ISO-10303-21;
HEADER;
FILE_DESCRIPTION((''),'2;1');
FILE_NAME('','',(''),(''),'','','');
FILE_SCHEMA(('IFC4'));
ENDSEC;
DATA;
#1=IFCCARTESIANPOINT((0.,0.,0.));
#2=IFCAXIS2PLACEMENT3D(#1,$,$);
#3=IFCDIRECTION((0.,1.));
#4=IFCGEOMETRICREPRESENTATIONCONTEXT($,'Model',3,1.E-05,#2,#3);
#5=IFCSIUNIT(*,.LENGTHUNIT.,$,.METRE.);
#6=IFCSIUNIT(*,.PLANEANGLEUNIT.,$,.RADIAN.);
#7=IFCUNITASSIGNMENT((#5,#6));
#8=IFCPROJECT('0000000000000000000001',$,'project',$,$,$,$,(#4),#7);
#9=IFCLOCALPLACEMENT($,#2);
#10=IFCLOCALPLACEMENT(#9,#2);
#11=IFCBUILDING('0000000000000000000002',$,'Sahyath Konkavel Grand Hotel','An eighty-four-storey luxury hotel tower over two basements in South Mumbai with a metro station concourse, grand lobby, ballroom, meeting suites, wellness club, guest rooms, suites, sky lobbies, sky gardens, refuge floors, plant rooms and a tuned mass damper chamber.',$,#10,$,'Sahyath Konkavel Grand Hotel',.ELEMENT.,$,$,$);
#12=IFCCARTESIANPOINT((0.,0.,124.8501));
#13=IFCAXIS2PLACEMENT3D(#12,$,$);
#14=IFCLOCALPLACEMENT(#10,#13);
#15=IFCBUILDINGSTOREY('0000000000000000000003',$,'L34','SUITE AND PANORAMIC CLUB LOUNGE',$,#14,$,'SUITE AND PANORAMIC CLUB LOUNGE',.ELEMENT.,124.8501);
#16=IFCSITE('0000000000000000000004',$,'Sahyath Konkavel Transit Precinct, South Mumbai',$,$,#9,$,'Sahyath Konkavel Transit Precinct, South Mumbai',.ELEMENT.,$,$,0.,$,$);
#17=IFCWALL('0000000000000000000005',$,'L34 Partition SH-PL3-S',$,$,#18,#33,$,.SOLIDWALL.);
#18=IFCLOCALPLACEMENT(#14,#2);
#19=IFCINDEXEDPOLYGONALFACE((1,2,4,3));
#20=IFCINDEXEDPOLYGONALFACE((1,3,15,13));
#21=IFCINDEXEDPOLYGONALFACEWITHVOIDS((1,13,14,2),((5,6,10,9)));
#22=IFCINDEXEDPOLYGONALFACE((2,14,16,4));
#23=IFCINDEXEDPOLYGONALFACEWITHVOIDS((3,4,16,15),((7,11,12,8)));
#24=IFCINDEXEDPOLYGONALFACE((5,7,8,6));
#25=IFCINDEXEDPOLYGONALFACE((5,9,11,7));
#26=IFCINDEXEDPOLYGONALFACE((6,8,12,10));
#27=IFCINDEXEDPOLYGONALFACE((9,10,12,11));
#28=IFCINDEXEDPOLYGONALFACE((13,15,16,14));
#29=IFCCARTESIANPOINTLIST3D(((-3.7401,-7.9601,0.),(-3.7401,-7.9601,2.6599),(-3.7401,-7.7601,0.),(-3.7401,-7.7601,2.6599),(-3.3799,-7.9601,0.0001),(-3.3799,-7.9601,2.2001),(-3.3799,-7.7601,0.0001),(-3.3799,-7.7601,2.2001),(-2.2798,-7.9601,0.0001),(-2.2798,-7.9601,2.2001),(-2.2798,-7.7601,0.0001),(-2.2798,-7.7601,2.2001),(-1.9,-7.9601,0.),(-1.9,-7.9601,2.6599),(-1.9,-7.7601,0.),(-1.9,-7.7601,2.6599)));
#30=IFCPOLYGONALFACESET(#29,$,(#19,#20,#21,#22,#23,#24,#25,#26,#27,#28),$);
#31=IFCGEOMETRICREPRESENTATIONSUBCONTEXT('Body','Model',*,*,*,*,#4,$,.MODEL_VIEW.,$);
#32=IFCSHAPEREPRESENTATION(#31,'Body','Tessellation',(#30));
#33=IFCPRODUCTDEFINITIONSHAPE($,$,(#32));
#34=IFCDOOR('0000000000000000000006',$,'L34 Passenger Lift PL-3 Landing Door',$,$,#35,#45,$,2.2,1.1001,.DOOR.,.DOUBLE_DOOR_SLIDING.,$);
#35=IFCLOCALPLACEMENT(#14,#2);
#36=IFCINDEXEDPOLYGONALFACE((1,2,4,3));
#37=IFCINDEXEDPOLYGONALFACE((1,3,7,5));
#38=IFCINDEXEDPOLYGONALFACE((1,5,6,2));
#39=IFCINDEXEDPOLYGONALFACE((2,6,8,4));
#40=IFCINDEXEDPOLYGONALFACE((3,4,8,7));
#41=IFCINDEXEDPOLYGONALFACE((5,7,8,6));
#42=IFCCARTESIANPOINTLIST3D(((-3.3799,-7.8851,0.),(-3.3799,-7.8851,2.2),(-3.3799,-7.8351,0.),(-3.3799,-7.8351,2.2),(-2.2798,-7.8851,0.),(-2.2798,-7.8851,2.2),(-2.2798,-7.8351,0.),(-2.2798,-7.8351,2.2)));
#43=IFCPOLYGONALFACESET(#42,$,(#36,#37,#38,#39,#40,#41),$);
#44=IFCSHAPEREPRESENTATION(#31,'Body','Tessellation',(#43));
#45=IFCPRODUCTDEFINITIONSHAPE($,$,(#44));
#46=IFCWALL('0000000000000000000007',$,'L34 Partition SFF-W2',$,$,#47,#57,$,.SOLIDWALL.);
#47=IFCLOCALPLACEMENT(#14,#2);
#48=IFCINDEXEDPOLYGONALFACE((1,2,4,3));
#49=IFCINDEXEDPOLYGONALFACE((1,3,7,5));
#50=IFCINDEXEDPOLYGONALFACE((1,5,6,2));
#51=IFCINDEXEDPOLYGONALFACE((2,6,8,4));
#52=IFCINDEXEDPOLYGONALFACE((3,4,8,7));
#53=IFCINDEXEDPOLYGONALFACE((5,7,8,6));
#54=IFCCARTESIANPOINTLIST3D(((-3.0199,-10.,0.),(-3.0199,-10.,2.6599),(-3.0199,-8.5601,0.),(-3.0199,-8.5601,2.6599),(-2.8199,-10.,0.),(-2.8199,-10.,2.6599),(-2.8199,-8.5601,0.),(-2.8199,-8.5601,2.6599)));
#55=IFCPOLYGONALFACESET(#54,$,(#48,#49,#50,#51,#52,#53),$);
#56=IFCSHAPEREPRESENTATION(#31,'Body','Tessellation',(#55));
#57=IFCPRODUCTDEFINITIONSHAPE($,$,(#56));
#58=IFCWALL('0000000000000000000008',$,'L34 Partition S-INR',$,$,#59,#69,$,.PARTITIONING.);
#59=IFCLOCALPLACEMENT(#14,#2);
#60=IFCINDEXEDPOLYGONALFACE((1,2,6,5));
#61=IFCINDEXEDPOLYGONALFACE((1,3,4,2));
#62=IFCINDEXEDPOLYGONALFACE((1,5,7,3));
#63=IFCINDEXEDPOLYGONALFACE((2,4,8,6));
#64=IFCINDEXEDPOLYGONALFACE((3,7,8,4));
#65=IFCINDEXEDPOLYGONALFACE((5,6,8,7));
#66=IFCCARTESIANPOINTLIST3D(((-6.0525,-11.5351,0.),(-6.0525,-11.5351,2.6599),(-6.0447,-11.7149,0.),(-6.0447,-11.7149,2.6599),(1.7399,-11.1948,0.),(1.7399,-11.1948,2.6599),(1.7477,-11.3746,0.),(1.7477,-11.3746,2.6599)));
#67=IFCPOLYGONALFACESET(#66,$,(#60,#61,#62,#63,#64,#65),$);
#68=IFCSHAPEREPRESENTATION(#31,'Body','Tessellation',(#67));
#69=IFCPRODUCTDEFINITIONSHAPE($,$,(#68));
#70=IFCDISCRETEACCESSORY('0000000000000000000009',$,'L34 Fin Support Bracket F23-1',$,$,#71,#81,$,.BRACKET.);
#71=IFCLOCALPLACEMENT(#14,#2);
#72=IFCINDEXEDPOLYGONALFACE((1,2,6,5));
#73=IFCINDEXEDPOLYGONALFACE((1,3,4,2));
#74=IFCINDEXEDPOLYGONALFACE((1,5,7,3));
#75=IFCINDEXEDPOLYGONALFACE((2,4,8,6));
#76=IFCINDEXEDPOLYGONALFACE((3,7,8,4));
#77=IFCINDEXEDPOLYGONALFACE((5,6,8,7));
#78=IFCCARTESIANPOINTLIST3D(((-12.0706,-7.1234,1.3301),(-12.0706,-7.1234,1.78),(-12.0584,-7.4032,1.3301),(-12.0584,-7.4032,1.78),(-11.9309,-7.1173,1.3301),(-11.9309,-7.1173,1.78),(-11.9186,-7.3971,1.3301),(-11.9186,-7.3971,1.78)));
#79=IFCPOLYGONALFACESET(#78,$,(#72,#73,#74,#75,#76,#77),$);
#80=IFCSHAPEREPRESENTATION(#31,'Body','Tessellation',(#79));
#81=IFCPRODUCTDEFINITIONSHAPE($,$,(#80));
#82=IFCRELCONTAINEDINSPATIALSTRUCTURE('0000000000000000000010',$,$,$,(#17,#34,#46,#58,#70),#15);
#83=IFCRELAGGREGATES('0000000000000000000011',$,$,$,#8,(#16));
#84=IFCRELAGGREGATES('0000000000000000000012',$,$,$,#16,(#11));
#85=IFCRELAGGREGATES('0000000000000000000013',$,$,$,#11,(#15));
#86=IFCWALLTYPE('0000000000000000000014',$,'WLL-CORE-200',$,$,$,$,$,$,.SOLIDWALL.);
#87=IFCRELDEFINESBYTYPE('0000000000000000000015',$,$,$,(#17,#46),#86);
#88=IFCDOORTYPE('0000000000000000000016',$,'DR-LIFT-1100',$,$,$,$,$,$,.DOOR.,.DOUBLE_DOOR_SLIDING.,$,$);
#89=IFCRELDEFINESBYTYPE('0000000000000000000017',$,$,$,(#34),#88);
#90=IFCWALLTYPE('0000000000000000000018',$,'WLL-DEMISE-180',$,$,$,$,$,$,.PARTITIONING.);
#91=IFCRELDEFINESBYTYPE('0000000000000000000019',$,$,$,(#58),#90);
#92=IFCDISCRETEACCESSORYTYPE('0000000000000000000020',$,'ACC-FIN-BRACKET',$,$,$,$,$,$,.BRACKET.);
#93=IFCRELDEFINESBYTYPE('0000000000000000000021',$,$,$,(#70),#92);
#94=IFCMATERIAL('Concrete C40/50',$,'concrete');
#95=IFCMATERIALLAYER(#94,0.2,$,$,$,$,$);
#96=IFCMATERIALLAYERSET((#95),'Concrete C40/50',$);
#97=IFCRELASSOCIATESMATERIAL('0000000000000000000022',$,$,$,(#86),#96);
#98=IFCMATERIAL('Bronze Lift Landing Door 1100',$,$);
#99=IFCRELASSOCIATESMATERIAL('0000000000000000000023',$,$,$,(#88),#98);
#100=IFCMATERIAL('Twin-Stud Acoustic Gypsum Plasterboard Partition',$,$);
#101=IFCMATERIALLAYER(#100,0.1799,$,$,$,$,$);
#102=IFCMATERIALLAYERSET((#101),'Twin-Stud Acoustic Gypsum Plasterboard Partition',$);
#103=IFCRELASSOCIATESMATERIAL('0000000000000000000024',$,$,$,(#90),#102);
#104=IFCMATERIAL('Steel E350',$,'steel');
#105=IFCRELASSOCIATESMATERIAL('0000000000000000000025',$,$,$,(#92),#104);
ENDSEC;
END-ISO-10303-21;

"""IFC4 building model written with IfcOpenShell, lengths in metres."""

from ifc_helpers import new_model, si_unit, direction, frame, frame_2d, origin, origin_2d, place, context, subcontext, project, spatial, rectangle, extrude, source, transform, mapped, material, layer, layer_set, type_object, element, fill, save


model = new_model("IFC4")

# Units and contexts
model_context = context("Model", 3, precision=1e-05, world=origin(), true_north=direction((0.0, 1.0)))
body_context = subcontext(model_context, "Body", "Model", "MODEL_VIEW")
ifc_project = project(units=[si_unit("LENGTHUNIT", "METRE"), si_unit("PLANEANGLEUNIT", "RADIAN")], contexts=[model_context])

# Site, building, storey
site_placement = place(None, origin())
site = spatial("IfcSite", under=ifc_project, at=site_placement, Name="Sahyath Konkavel Transit Precinct, South Mumbai", LongName="Sahyath Konkavel Transit Precinct, South Mumbai", CompositionType="ELEMENT", RefElevation=0.0)
building_placement = place(site_placement, origin())
building = spatial("IfcBuilding", under=site, at=building_placement, Name="Sahyath Konkavel Grand Hotel", Description="An eighty-four-storey luxury hotel tower over two basements in South Mumbai with a metro station concourse, grand lobby, ballroom, meeting suites, wellness club, guest rooms, suites, sky lobbies, sky gardens, refuge floors, plant rooms and a tuned mass damper chamber.", LongName="Sahyath Konkavel Grand Hotel", CompositionType="ELEMENT")
storey_placement = place(building_placement, frame((0.0, 0.0, 124.8501)))
storey = spatial("IfcBuildingStorey", under=building, at=storey_placement, Name="L34", Description="SUITE AND PANORAMIC CLUB LOUNGE", LongName="SUITE AND PANORAMIC CLUB LOUNGE", CompositionType="ELEMENT", Elevation=124.8501)

# Shared definitions
ifc_material_1 = material(Name="Steel E350", Category="steel")

# Shared definitions
ifc_material_2 = material(Name="Concrete C40/50", Category="concrete")
ifc_layer_1 = layer(ifc_material_2, 0.2)
ifc_layer_set_1 = layer_set([ifc_layer_1], Name="Concrete C40/50")
wall_type_1 = type_object("IfcWallType", Name="WLL-CORE-200", PredefinedType="SOLIDWALL", material=ifc_layer_set_1)

# Wall, opening, door
wall_1_placement = place(storey_placement, frame((-3.74, -7.8601, 0.0), z_axis=(0.0, 0.0, 1.0), x_axis=(1.0, 0.0, 0.0)))
wall_1 = element("IfcWall", 1, at=wall_1_placement, inside=storey, type_object=wall_type_1, Name="L34 Partition SH-PL3-S", PredefinedType="SOLIDWALL", context=body_context, shape_type="SweptSolid", body=[
    extrude(rectangle(XDim=1.8401, YDim=0.2, at=frame_2d((0.9199, 0.0))), origin(), (0.0, 0.0, 1.0), 2.6599),
])
opening_1_placement = place(wall_1_placement, frame((0.3601, 0.0, 0.0)))
opening_1 = element("IfcOpeningElement", 2, at=opening_1_placement, cuts=wall_1, PredefinedType="OPENING", context=body_context, shape_type="SweptSolid", body=[
    extrude(rectangle(XDim=1.1001, YDim=2.2, at=frame_2d((0.55, 1.1001))), frame((0.0, 0.1099, 0.0), z_axis=(0.0, -1.0, 0.0), x_axis=(1.0, 0.0, 0.0)), (0.0, 0.0, 1.0), 0.22),
])
ifc_material_3 = material(Name="Bronze Lift Landing Door 1100")
door_type_1 = type_object("IfcDoorType", Name="DR-LIFT-1100", OperationType="DOUBLE_DOOR_SLIDING", PredefinedType="DOOR", material=ifc_material_3)
shared_shape_1 = source(origin(), body_context, "Body", "SweptSolid", [
    extrude(rectangle(XDim=1.1001, YDim=0.05, at=origin_2d()), origin(), (0.0, 0.0, 1.0), 2.2),
])
door_1_placement = place(opening_1_placement, frame((0.55, 0.0, 0.0)))
door_1 = element("IfcDoor", 3, at=door_1_placement, inside=storey, type_object=door_type_1, Name="L34 Passenger Lift PL-3 Landing Door", OperationType="DOUBLE_DOOR_SLIDING", OverallHeight=2.2, OverallWidth=1.1001, PredefinedType="DOOR", context=body_context, shape_type="MappedRepresentation", body=[
    mapped(shared_shape_1, transform((0.0, 0.0, 0.0), scale=1.0)),
])
fill(opening_1, door_1)

# Walls
wall_2_placement = place(storey_placement, frame((-2.9199, -10.0, 0.0), z_axis=(0.0, 0.0, 1.0), x_axis=(0.0, 1.0, 0.0)))
element("IfcWall", 4, at=wall_2_placement, inside=storey, type_object=wall_type_1, Name="L34 Partition SFF-W2", PredefinedType="SOLIDWALL", context=body_context, shape_type="SweptSolid", body=[
    extrude(rectangle(XDim=1.4399, YDim=0.2, at=frame_2d((0.72, 0.0))), origin(), (0.0, 0.0, 1.0), 2.6599),
])
ifc_material_4 = material(Name="Twin-Stud Acoustic Gypsum Plasterboard Partition")
ifc_layer_2 = layer(ifc_material_4, 0.1799)
ifc_layer_set_2 = layer_set([ifc_layer_2], Name="Twin-Stud Acoustic Gypsum Plasterboard Partition")
wall_type_2 = type_object("IfcWallType", Name="WLL-DEMISE-180", PredefinedType="PARTITIONING", material=ifc_layer_set_2)
wall_3_placement = place(storey_placement, frame((-6.0486, -11.625, 0.0), z_axis=(0.0, 0.0, 1.0), x_axis=(0.999048, 0.043633, 0.0)))
element("IfcWall", 5, at=wall_3_placement, inside=storey, type_object=wall_type_2, Name="L34 Partition S-INR", PredefinedType="PARTITIONING", context=body_context, shape_type="SweptSolid", body=[
    extrude(rectangle(XDim=7.7998, YDim=0.1799, at=frame_2d((3.8999, 0.0))), origin(), (0.0, 0.0, 1.0), 2.6599),
])

# Discrete accessory
discrete_accessory_type = type_object("IfcDiscreteAccessoryType", Name="ACC-FIN-BRACKET", PredefinedType="BRACKET", material=ifc_material_1)
shared_shape_2 = source(origin(), body_context, "Body", "SweptSolid", [
    extrude(rectangle(XDim=0.28, YDim=0.1399, at=origin_2d()), origin(), (0.0, 0.0, 1.0), 0.45),
])
discrete_accessory_placement = place(storey_placement, frame((-11.9946, -7.2603, 1.3301), z_axis=(0.0, 0.0, 1.0), x_axis=(0.043619, -0.999048, 0.0)))
element("IfcDiscreteAccessory", 6, at=discrete_accessory_placement, inside=storey, type_object=discrete_accessory_type, Name="L34 Fin Support Bracket F23-1", PredefinedType="BRACKET", context=body_context, shape_type="MappedRepresentation", body=[
    mapped(shared_shape_2, transform((0.0, 0.0, 0.0), scale=1.0)),
])

save(model, "model.ifc")
